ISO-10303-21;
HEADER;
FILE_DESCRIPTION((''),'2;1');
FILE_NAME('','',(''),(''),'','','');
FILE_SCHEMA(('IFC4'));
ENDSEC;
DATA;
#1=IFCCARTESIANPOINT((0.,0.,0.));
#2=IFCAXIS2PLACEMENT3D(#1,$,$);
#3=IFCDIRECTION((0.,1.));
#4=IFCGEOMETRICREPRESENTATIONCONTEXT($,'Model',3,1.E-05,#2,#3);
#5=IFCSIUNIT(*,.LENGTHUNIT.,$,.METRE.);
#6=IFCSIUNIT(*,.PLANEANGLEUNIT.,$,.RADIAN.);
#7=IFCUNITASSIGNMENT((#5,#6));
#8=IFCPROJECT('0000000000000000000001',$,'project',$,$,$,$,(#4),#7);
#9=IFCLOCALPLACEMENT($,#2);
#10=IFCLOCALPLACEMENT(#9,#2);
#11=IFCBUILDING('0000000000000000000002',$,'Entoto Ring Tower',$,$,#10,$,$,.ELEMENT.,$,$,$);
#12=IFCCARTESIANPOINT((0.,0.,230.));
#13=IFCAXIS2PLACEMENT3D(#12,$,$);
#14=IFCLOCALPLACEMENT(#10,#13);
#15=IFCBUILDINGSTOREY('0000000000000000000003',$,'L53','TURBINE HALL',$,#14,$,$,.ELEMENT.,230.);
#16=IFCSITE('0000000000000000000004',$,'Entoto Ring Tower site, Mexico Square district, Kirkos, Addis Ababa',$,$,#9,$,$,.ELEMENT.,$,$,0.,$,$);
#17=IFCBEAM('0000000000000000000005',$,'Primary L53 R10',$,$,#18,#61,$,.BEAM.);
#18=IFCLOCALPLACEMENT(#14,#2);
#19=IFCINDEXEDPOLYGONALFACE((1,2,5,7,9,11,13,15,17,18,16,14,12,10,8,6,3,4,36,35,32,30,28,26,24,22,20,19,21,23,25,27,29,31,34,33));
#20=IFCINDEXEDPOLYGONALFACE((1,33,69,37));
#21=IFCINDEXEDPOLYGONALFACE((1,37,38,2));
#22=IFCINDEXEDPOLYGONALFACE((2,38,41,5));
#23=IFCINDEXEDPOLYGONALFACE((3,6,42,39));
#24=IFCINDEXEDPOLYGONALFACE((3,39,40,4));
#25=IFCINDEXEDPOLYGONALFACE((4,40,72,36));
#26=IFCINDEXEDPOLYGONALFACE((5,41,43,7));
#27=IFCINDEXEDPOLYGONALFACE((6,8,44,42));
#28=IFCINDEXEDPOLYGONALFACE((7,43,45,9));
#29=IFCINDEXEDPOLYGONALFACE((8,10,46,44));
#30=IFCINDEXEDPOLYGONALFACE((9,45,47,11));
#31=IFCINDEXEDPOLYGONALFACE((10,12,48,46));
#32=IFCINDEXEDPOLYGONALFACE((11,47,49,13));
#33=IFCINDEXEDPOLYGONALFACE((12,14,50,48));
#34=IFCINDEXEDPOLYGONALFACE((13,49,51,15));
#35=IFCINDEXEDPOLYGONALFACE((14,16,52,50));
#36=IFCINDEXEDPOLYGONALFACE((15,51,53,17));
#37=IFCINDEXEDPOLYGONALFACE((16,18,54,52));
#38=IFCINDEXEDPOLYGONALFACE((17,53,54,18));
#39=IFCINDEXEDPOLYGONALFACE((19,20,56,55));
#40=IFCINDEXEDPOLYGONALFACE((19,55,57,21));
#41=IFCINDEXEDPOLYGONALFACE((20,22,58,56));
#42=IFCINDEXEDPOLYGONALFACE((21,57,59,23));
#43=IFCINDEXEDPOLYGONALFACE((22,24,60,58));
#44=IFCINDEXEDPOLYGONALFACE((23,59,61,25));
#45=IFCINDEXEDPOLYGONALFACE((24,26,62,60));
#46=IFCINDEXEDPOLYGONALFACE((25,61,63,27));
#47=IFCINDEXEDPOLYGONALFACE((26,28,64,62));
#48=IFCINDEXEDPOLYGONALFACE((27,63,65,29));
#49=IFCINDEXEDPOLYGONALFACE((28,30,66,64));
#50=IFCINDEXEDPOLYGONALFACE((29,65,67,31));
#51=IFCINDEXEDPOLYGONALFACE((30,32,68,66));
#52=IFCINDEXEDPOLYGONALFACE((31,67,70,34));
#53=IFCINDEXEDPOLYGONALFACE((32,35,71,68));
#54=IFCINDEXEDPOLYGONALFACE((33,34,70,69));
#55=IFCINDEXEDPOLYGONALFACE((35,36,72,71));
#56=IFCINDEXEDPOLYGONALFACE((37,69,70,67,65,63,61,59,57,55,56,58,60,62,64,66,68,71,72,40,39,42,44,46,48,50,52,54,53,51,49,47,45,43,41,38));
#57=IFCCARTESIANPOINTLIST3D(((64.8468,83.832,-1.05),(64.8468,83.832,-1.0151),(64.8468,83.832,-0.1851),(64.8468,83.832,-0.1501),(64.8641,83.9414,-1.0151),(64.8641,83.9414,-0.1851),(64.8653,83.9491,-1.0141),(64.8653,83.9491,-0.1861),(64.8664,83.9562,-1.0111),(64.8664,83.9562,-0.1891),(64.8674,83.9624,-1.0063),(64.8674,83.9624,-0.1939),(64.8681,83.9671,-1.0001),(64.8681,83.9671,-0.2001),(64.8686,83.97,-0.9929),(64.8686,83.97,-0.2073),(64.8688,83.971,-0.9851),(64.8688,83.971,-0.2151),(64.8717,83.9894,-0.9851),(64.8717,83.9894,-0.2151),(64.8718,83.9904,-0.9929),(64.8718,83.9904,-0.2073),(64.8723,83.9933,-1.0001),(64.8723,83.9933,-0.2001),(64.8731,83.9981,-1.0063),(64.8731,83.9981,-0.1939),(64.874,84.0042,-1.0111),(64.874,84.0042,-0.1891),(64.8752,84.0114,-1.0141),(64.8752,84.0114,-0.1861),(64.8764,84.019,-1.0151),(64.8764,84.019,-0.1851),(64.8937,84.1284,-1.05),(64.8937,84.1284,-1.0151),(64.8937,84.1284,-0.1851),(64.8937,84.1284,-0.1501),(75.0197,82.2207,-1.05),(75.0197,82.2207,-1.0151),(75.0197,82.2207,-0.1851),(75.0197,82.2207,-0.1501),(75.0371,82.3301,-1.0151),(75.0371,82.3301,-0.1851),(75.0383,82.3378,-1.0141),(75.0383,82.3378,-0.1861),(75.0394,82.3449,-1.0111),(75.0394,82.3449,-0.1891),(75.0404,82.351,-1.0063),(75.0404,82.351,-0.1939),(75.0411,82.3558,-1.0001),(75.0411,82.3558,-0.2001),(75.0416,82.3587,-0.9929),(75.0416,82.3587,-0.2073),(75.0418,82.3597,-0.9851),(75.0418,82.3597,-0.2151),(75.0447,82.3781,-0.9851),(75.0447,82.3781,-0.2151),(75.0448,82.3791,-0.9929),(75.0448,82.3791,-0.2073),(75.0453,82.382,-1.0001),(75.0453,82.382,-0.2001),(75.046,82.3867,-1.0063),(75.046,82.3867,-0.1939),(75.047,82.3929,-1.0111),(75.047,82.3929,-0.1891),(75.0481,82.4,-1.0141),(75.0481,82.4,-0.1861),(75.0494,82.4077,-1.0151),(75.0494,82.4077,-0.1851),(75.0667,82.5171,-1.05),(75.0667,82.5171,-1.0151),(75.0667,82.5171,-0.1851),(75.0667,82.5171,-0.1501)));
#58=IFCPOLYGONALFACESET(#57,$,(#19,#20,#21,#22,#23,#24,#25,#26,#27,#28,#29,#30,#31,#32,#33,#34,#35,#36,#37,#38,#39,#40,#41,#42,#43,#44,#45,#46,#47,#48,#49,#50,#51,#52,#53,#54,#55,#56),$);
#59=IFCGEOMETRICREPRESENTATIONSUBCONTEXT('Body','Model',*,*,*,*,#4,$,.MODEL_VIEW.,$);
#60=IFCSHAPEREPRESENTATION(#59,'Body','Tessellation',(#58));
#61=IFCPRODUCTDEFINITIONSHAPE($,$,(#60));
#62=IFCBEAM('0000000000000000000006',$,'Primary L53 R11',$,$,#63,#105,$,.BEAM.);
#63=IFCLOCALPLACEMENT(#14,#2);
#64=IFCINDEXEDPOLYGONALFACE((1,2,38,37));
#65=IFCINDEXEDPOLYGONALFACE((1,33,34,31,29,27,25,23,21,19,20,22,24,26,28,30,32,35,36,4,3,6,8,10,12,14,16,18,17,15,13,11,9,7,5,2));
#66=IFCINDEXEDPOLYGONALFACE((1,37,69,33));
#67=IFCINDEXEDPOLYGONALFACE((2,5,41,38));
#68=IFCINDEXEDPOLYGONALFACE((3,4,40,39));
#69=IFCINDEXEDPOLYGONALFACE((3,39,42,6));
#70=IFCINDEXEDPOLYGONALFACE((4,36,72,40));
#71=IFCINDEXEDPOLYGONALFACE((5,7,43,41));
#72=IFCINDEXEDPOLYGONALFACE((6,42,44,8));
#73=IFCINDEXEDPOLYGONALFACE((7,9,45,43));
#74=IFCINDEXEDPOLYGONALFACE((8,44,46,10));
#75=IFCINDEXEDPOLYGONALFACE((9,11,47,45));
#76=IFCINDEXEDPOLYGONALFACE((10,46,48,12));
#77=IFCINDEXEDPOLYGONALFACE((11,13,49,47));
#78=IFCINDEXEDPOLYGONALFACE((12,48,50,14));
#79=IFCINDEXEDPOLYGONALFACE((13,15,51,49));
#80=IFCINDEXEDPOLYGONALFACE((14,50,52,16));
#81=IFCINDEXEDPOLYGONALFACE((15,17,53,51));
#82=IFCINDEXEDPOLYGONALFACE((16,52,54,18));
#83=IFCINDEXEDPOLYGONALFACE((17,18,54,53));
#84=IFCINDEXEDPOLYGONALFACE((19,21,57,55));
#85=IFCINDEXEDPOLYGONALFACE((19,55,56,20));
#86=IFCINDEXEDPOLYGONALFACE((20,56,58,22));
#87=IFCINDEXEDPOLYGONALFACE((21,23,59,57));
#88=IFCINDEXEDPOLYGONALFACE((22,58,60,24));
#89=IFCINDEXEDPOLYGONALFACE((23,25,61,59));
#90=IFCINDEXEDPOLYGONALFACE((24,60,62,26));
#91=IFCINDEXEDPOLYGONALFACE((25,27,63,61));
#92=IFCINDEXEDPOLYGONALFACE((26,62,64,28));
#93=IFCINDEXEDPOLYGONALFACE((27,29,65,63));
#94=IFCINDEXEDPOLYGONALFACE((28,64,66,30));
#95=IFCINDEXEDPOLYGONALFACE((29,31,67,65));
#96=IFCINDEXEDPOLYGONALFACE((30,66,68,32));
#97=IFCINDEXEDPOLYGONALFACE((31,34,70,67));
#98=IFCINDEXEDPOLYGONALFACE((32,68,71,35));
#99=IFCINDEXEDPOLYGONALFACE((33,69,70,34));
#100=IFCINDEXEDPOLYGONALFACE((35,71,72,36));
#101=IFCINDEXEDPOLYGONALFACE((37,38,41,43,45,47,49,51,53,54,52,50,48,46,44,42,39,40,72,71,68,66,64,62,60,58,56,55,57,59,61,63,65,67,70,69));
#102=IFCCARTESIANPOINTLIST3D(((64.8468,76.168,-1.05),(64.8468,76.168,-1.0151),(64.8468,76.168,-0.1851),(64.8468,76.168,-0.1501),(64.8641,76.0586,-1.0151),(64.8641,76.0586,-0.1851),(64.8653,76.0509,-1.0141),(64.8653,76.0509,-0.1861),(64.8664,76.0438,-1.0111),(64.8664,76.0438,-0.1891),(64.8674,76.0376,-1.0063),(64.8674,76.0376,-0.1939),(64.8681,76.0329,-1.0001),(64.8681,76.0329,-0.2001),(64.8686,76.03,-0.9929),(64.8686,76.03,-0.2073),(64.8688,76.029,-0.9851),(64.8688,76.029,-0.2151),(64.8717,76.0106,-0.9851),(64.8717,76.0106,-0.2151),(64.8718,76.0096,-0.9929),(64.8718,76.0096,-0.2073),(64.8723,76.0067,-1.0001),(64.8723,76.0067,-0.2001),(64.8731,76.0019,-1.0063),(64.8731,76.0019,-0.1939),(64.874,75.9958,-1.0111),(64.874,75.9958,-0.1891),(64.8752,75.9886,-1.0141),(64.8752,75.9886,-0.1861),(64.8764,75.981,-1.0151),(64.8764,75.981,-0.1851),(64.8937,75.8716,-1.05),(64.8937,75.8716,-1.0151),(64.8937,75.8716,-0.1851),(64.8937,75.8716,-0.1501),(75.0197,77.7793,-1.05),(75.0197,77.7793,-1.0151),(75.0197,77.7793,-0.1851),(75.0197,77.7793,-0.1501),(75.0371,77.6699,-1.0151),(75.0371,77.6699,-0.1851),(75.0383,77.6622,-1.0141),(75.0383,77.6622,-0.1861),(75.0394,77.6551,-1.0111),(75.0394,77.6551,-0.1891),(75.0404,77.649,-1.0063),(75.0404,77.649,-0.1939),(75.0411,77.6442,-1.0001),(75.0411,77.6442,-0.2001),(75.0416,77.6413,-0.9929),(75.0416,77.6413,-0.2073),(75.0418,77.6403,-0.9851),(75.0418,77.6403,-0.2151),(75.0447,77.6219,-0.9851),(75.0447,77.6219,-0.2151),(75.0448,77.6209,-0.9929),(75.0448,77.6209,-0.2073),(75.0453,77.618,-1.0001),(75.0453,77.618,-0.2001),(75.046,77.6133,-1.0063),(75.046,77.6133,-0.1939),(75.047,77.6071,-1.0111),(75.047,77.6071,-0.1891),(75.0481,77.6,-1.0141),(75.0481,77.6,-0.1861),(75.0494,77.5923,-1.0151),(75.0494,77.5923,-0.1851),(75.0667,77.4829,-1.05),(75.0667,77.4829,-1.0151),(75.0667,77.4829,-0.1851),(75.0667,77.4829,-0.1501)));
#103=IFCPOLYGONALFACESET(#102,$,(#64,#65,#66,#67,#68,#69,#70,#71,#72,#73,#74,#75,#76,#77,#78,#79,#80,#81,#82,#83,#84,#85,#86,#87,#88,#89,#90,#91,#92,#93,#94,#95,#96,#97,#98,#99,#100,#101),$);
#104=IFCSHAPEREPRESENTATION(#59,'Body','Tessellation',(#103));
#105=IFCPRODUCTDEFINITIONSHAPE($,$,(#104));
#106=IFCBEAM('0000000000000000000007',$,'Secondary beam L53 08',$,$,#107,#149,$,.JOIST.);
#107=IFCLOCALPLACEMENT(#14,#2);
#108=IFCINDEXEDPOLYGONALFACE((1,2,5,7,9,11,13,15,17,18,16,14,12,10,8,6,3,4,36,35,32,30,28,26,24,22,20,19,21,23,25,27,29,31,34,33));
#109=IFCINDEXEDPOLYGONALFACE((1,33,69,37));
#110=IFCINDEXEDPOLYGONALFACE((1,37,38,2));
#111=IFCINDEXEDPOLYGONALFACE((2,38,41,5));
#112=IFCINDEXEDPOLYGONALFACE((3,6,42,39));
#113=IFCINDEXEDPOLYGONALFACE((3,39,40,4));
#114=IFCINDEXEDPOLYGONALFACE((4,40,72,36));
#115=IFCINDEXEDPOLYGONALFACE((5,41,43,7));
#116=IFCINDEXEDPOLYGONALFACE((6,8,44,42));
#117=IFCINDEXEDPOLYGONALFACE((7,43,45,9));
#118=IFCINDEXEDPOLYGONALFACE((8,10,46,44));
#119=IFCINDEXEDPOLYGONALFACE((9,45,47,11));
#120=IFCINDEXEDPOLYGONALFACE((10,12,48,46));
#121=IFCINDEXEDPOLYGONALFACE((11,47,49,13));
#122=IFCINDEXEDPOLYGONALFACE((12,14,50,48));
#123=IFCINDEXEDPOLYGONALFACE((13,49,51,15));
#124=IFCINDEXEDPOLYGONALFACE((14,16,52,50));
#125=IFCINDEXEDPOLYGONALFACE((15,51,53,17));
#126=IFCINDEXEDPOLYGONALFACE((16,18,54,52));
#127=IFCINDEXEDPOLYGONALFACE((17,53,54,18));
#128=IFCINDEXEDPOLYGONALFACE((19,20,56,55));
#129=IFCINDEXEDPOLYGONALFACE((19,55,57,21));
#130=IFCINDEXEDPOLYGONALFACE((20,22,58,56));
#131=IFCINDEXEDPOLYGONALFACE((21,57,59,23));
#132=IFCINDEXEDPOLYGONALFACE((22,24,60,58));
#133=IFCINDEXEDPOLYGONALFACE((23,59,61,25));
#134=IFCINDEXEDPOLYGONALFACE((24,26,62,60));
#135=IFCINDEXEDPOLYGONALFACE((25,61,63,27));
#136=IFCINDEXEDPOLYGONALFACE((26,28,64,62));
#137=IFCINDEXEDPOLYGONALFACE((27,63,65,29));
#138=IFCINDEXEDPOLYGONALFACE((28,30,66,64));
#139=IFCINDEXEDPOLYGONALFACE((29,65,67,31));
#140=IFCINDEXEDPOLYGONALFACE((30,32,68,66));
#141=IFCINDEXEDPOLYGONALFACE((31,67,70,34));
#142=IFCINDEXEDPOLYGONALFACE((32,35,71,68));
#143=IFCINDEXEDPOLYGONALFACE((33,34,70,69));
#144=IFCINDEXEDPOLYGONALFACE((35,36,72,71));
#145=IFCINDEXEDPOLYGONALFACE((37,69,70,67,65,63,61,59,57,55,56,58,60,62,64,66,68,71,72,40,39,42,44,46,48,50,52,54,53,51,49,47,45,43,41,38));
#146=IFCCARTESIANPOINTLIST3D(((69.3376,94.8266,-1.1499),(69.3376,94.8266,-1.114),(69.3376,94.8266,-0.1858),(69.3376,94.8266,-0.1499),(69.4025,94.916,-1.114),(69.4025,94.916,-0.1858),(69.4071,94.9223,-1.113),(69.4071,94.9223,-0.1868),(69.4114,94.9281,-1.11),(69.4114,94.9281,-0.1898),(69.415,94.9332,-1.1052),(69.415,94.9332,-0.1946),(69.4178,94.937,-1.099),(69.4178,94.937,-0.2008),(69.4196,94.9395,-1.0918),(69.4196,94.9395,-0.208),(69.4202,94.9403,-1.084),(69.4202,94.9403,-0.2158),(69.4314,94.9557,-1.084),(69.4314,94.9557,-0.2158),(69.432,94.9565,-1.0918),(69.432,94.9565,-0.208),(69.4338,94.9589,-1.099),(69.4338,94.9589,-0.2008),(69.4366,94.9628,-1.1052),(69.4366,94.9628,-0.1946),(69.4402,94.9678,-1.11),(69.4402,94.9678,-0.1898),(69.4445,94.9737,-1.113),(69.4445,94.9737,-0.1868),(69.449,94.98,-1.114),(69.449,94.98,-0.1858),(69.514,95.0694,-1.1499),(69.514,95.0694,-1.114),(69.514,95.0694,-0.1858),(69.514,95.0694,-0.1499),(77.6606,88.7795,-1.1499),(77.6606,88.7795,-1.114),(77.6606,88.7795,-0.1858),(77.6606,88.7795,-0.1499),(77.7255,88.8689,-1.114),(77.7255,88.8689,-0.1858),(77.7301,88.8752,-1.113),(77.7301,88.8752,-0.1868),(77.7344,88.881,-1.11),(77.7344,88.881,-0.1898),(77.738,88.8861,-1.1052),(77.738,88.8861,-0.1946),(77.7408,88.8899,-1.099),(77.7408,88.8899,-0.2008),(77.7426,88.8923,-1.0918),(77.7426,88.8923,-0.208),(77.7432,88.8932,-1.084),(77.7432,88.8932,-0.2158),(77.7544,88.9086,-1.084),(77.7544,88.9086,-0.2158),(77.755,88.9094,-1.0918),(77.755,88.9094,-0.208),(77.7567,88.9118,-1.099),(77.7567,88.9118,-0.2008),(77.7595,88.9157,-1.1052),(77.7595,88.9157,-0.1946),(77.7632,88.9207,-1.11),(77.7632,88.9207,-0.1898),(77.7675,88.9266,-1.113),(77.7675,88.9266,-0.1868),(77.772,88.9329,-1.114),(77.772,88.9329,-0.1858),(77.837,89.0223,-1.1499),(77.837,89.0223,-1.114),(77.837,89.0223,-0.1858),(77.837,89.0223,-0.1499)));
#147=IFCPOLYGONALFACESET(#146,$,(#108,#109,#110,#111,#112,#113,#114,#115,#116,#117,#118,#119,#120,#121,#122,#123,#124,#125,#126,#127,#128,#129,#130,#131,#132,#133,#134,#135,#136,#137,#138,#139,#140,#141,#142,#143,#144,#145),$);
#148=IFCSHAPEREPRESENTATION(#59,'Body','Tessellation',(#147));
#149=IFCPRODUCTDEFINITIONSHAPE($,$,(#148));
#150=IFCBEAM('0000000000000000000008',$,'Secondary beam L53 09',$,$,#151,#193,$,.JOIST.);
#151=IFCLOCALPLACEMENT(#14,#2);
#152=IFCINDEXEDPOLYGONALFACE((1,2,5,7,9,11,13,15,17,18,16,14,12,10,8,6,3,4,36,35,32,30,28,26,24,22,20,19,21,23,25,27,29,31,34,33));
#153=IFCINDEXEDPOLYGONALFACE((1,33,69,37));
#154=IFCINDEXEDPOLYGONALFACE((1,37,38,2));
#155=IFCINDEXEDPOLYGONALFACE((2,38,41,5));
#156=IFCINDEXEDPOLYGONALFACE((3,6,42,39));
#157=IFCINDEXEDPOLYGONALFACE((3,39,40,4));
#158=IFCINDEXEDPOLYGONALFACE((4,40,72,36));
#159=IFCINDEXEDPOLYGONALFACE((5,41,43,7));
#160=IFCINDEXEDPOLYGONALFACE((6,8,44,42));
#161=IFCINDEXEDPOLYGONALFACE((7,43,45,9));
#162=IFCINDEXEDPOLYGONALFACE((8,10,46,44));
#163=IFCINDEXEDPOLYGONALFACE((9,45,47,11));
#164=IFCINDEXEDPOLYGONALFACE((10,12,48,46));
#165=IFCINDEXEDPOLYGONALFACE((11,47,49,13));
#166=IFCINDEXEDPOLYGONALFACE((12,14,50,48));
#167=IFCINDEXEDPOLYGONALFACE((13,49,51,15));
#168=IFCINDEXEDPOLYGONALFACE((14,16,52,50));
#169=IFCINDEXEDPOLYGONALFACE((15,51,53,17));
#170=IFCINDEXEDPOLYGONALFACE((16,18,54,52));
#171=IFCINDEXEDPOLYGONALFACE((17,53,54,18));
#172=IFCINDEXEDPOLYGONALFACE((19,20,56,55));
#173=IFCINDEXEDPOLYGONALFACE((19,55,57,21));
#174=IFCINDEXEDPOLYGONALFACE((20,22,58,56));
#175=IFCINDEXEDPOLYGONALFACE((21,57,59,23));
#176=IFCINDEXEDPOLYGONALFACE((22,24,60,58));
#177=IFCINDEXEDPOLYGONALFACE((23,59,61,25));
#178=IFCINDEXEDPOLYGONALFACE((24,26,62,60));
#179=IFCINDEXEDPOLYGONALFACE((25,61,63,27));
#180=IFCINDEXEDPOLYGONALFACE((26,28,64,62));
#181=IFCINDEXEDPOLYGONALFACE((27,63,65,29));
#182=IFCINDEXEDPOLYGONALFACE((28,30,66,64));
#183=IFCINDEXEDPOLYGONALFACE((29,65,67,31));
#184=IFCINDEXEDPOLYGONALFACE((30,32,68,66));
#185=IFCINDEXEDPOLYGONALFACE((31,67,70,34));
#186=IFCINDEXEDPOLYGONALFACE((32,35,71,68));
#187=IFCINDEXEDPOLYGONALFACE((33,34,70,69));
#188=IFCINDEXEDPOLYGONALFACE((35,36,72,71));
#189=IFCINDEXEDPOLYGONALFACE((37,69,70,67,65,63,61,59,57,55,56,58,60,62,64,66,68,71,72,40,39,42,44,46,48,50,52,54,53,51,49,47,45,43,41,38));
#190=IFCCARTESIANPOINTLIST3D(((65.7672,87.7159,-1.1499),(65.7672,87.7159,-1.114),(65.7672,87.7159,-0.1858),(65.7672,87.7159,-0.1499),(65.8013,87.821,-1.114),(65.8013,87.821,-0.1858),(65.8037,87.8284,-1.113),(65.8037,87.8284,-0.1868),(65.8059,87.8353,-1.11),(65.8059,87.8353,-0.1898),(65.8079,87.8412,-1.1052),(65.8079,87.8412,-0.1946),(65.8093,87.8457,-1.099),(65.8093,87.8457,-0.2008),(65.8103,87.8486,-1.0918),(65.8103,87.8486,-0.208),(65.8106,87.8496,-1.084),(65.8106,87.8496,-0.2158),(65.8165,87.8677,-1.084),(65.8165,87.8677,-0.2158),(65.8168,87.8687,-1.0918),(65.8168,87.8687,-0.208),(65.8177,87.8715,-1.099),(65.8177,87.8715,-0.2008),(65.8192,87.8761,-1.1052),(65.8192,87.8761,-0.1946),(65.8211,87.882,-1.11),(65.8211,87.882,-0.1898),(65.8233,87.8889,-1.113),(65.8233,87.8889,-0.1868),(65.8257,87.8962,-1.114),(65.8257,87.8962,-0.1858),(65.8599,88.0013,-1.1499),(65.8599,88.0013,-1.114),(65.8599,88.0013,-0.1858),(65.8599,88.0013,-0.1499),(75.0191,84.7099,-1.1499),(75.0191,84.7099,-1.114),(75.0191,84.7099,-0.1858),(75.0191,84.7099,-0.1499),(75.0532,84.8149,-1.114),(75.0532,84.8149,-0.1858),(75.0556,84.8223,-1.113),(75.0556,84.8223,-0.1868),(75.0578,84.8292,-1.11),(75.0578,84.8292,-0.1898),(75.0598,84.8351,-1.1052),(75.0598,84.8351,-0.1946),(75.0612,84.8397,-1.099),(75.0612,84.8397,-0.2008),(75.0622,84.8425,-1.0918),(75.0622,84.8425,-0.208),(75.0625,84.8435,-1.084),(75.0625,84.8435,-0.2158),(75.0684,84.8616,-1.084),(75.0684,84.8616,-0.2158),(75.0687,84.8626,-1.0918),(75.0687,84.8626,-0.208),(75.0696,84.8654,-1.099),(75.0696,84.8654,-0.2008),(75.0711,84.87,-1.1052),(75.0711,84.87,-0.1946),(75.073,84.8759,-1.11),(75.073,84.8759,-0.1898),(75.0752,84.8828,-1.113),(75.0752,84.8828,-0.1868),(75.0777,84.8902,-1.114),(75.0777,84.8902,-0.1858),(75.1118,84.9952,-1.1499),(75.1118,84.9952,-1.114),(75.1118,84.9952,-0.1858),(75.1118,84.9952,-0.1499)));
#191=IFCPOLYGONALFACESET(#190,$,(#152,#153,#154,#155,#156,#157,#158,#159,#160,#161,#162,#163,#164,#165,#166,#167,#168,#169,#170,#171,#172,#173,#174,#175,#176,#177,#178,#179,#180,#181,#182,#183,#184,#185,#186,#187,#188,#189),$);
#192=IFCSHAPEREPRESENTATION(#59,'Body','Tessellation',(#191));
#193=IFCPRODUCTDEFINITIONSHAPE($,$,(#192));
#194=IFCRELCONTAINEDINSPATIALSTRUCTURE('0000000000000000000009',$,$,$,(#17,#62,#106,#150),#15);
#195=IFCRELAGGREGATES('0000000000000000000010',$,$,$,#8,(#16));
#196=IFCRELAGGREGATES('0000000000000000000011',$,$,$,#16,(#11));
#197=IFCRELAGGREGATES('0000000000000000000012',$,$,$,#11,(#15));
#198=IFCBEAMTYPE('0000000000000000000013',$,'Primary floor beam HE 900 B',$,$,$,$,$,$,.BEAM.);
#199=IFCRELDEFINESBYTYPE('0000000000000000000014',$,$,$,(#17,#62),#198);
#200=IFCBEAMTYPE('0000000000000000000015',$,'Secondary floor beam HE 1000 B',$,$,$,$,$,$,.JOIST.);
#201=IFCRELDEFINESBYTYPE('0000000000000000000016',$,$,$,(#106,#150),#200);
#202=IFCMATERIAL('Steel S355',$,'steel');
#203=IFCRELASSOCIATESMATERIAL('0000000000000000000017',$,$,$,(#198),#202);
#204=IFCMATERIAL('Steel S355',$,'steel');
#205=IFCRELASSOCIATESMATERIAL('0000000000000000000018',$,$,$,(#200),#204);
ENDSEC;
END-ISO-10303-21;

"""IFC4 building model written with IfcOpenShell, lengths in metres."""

from ifc_helpers import new_model, si_unit, direction, frame, origin, origin_2d, place, context, subcontext, project, spatial, i_section, extrude, material, material_profile, profile_set, type_object, element, save


model = new_model("IFC4")

# Units and contexts
model_context = context("Model", 3, precision=1e-05, world=origin(), true_north=direction((0.0, 1.0)))
body_context = subcontext(model_context, "Body", "Model", "MODEL_VIEW")
ifc_project = project(units=[si_unit("LENGTHUNIT", "METRE"), si_unit("PLANEANGLEUNIT", "RADIAN")], contexts=[model_context])

# Site, building, storey
site_placement = place(None, origin())
site = spatial("IfcSite", under=ifc_project, at=site_placement, Name="Entoto Ring Tower site, Mexico Square district, Kirkos, Addis Ababa", CompositionType="ELEMENT", RefElevation=0.0)
building_placement = place(site_placement, origin())
building = spatial("IfcBuilding", under=site, at=building_placement, Name="Entoto Ring Tower", CompositionType="ELEMENT")
storey_placement = place(building_placement, frame((0.0, 0.0, 230.0)))
storey = spatial("IfcBuildingStorey", under=building, at=storey_placement, Name="L53", Description="TURBINE HALL", CompositionType="ELEMENT", Elevation=230.0)

# Beams
ifc_material_1 = material(Name="Steel S355", Category="steel")
ifc_material_profile_1 = material_profile(ifc_material_1, i_section(OverallWidth=0.3, OverallDepth=0.8999, WebThickness=0.0186, FlangeThickness=0.0349, FilletRadius=0.03, at=origin_2d()), Name="HE 900 B")
ifc_profile_set_1 = profile_set([ifc_material_profile_1], Name="Steel S355")
beam_type_1 = type_object("IfcBeamType", Name="Primary floor beam HE 900 B", PredefinedType="BEAM", material=ifc_profile_set_1)
for number, where, z_axis, x_axis, name in (
    (1, (75.0432, 82.3689, -0.6001), (-0.987687, 0.156441, 0.0), (-0.156441, -0.987687, 0.0), "Primary L53 R10"),
    (2, (75.0432, 77.6311, -0.6001), (-0.987687, -0.156441, 0.0), (0.156441, -0.987687, 0.0), "Primary L53 R11"),
):
    element("IfcBeam", number, at=place(storey_placement, frame(where, z_axis=z_axis, x_axis=x_axis)), inside=storey, type_object=beam_type_1, Name=name, PredefinedType="BEAM", context=body_context, shape_type="SweptSolid", body=[
        extrude(i_section(OverallWidth=0.3, OverallDepth=0.8999, WebThickness=0.0186, FlangeThickness=0.0349, FilletRadius=0.03, at=origin_2d()), origin(), (0.0, 0.0, 1.0), 10.2998),
    ])
ifc_material_2 = material(Name="Steel S355", Category="steel")
ifc_material_profile_2 = material_profile(ifc_material_2, i_section(OverallWidth=0.3, OverallDepth=1.0, WebThickness=0.019, FlangeThickness=0.0359, FilletRadius=0.03, at=origin_2d()), Name="HE 1000 B")
ifc_profile_set_2 = profile_set([ifc_material_profile_2], Name="Steel S355")
beam_type_2 = type_object("IfcBeamType", Name="Secondary floor beam HE 1000 B", PredefinedType="JOIST", material=ifc_profile_set_2)
beam_1_placement = place(storey_placement, frame((77.7488, 88.9009, -0.6499), z_axis=(-0.809012, 0.587792, 0.0), x_axis=(-0.587792, -0.809012, 0.0)))
element("IfcBeam", 3, at=beam_1_placement, inside=storey, type_object=beam_type_2, Name="Secondary beam L53 08", PredefinedType="JOIST", context=body_context, shape_type="SweptSolid", body=[
    extrude(i_section(OverallWidth=0.3, OverallDepth=1.0, WebThickness=0.019, FlangeThickness=0.0359, FilletRadius=0.03, at=origin_2d()), origin(), (0.0, 0.0, 1.0), 10.2878),
])
beam_2_placement = place(storey_placement, frame((75.0654, 84.8525, -0.6499), z_axis=(-0.951058, 0.309013, 0.0), x_axis=(-0.309013, -0.951058, 0.0)))
element("IfcBeam", 4, at=beam_2_placement, inside=storey, type_object=beam_type_2, Name="Secondary beam L53 09", PredefinedType="JOIST", context=body_context, shape_type="SweptSolid", body=[
    extrude(i_section(OverallWidth=0.3, OverallDepth=1.0, WebThickness=0.019, FlangeThickness=0.0359, FilletRadius=0.03, at=origin_2d()), origin(), (0.0, 0.0, 1.0), 9.728),
])

save(model, "model.ifc")
